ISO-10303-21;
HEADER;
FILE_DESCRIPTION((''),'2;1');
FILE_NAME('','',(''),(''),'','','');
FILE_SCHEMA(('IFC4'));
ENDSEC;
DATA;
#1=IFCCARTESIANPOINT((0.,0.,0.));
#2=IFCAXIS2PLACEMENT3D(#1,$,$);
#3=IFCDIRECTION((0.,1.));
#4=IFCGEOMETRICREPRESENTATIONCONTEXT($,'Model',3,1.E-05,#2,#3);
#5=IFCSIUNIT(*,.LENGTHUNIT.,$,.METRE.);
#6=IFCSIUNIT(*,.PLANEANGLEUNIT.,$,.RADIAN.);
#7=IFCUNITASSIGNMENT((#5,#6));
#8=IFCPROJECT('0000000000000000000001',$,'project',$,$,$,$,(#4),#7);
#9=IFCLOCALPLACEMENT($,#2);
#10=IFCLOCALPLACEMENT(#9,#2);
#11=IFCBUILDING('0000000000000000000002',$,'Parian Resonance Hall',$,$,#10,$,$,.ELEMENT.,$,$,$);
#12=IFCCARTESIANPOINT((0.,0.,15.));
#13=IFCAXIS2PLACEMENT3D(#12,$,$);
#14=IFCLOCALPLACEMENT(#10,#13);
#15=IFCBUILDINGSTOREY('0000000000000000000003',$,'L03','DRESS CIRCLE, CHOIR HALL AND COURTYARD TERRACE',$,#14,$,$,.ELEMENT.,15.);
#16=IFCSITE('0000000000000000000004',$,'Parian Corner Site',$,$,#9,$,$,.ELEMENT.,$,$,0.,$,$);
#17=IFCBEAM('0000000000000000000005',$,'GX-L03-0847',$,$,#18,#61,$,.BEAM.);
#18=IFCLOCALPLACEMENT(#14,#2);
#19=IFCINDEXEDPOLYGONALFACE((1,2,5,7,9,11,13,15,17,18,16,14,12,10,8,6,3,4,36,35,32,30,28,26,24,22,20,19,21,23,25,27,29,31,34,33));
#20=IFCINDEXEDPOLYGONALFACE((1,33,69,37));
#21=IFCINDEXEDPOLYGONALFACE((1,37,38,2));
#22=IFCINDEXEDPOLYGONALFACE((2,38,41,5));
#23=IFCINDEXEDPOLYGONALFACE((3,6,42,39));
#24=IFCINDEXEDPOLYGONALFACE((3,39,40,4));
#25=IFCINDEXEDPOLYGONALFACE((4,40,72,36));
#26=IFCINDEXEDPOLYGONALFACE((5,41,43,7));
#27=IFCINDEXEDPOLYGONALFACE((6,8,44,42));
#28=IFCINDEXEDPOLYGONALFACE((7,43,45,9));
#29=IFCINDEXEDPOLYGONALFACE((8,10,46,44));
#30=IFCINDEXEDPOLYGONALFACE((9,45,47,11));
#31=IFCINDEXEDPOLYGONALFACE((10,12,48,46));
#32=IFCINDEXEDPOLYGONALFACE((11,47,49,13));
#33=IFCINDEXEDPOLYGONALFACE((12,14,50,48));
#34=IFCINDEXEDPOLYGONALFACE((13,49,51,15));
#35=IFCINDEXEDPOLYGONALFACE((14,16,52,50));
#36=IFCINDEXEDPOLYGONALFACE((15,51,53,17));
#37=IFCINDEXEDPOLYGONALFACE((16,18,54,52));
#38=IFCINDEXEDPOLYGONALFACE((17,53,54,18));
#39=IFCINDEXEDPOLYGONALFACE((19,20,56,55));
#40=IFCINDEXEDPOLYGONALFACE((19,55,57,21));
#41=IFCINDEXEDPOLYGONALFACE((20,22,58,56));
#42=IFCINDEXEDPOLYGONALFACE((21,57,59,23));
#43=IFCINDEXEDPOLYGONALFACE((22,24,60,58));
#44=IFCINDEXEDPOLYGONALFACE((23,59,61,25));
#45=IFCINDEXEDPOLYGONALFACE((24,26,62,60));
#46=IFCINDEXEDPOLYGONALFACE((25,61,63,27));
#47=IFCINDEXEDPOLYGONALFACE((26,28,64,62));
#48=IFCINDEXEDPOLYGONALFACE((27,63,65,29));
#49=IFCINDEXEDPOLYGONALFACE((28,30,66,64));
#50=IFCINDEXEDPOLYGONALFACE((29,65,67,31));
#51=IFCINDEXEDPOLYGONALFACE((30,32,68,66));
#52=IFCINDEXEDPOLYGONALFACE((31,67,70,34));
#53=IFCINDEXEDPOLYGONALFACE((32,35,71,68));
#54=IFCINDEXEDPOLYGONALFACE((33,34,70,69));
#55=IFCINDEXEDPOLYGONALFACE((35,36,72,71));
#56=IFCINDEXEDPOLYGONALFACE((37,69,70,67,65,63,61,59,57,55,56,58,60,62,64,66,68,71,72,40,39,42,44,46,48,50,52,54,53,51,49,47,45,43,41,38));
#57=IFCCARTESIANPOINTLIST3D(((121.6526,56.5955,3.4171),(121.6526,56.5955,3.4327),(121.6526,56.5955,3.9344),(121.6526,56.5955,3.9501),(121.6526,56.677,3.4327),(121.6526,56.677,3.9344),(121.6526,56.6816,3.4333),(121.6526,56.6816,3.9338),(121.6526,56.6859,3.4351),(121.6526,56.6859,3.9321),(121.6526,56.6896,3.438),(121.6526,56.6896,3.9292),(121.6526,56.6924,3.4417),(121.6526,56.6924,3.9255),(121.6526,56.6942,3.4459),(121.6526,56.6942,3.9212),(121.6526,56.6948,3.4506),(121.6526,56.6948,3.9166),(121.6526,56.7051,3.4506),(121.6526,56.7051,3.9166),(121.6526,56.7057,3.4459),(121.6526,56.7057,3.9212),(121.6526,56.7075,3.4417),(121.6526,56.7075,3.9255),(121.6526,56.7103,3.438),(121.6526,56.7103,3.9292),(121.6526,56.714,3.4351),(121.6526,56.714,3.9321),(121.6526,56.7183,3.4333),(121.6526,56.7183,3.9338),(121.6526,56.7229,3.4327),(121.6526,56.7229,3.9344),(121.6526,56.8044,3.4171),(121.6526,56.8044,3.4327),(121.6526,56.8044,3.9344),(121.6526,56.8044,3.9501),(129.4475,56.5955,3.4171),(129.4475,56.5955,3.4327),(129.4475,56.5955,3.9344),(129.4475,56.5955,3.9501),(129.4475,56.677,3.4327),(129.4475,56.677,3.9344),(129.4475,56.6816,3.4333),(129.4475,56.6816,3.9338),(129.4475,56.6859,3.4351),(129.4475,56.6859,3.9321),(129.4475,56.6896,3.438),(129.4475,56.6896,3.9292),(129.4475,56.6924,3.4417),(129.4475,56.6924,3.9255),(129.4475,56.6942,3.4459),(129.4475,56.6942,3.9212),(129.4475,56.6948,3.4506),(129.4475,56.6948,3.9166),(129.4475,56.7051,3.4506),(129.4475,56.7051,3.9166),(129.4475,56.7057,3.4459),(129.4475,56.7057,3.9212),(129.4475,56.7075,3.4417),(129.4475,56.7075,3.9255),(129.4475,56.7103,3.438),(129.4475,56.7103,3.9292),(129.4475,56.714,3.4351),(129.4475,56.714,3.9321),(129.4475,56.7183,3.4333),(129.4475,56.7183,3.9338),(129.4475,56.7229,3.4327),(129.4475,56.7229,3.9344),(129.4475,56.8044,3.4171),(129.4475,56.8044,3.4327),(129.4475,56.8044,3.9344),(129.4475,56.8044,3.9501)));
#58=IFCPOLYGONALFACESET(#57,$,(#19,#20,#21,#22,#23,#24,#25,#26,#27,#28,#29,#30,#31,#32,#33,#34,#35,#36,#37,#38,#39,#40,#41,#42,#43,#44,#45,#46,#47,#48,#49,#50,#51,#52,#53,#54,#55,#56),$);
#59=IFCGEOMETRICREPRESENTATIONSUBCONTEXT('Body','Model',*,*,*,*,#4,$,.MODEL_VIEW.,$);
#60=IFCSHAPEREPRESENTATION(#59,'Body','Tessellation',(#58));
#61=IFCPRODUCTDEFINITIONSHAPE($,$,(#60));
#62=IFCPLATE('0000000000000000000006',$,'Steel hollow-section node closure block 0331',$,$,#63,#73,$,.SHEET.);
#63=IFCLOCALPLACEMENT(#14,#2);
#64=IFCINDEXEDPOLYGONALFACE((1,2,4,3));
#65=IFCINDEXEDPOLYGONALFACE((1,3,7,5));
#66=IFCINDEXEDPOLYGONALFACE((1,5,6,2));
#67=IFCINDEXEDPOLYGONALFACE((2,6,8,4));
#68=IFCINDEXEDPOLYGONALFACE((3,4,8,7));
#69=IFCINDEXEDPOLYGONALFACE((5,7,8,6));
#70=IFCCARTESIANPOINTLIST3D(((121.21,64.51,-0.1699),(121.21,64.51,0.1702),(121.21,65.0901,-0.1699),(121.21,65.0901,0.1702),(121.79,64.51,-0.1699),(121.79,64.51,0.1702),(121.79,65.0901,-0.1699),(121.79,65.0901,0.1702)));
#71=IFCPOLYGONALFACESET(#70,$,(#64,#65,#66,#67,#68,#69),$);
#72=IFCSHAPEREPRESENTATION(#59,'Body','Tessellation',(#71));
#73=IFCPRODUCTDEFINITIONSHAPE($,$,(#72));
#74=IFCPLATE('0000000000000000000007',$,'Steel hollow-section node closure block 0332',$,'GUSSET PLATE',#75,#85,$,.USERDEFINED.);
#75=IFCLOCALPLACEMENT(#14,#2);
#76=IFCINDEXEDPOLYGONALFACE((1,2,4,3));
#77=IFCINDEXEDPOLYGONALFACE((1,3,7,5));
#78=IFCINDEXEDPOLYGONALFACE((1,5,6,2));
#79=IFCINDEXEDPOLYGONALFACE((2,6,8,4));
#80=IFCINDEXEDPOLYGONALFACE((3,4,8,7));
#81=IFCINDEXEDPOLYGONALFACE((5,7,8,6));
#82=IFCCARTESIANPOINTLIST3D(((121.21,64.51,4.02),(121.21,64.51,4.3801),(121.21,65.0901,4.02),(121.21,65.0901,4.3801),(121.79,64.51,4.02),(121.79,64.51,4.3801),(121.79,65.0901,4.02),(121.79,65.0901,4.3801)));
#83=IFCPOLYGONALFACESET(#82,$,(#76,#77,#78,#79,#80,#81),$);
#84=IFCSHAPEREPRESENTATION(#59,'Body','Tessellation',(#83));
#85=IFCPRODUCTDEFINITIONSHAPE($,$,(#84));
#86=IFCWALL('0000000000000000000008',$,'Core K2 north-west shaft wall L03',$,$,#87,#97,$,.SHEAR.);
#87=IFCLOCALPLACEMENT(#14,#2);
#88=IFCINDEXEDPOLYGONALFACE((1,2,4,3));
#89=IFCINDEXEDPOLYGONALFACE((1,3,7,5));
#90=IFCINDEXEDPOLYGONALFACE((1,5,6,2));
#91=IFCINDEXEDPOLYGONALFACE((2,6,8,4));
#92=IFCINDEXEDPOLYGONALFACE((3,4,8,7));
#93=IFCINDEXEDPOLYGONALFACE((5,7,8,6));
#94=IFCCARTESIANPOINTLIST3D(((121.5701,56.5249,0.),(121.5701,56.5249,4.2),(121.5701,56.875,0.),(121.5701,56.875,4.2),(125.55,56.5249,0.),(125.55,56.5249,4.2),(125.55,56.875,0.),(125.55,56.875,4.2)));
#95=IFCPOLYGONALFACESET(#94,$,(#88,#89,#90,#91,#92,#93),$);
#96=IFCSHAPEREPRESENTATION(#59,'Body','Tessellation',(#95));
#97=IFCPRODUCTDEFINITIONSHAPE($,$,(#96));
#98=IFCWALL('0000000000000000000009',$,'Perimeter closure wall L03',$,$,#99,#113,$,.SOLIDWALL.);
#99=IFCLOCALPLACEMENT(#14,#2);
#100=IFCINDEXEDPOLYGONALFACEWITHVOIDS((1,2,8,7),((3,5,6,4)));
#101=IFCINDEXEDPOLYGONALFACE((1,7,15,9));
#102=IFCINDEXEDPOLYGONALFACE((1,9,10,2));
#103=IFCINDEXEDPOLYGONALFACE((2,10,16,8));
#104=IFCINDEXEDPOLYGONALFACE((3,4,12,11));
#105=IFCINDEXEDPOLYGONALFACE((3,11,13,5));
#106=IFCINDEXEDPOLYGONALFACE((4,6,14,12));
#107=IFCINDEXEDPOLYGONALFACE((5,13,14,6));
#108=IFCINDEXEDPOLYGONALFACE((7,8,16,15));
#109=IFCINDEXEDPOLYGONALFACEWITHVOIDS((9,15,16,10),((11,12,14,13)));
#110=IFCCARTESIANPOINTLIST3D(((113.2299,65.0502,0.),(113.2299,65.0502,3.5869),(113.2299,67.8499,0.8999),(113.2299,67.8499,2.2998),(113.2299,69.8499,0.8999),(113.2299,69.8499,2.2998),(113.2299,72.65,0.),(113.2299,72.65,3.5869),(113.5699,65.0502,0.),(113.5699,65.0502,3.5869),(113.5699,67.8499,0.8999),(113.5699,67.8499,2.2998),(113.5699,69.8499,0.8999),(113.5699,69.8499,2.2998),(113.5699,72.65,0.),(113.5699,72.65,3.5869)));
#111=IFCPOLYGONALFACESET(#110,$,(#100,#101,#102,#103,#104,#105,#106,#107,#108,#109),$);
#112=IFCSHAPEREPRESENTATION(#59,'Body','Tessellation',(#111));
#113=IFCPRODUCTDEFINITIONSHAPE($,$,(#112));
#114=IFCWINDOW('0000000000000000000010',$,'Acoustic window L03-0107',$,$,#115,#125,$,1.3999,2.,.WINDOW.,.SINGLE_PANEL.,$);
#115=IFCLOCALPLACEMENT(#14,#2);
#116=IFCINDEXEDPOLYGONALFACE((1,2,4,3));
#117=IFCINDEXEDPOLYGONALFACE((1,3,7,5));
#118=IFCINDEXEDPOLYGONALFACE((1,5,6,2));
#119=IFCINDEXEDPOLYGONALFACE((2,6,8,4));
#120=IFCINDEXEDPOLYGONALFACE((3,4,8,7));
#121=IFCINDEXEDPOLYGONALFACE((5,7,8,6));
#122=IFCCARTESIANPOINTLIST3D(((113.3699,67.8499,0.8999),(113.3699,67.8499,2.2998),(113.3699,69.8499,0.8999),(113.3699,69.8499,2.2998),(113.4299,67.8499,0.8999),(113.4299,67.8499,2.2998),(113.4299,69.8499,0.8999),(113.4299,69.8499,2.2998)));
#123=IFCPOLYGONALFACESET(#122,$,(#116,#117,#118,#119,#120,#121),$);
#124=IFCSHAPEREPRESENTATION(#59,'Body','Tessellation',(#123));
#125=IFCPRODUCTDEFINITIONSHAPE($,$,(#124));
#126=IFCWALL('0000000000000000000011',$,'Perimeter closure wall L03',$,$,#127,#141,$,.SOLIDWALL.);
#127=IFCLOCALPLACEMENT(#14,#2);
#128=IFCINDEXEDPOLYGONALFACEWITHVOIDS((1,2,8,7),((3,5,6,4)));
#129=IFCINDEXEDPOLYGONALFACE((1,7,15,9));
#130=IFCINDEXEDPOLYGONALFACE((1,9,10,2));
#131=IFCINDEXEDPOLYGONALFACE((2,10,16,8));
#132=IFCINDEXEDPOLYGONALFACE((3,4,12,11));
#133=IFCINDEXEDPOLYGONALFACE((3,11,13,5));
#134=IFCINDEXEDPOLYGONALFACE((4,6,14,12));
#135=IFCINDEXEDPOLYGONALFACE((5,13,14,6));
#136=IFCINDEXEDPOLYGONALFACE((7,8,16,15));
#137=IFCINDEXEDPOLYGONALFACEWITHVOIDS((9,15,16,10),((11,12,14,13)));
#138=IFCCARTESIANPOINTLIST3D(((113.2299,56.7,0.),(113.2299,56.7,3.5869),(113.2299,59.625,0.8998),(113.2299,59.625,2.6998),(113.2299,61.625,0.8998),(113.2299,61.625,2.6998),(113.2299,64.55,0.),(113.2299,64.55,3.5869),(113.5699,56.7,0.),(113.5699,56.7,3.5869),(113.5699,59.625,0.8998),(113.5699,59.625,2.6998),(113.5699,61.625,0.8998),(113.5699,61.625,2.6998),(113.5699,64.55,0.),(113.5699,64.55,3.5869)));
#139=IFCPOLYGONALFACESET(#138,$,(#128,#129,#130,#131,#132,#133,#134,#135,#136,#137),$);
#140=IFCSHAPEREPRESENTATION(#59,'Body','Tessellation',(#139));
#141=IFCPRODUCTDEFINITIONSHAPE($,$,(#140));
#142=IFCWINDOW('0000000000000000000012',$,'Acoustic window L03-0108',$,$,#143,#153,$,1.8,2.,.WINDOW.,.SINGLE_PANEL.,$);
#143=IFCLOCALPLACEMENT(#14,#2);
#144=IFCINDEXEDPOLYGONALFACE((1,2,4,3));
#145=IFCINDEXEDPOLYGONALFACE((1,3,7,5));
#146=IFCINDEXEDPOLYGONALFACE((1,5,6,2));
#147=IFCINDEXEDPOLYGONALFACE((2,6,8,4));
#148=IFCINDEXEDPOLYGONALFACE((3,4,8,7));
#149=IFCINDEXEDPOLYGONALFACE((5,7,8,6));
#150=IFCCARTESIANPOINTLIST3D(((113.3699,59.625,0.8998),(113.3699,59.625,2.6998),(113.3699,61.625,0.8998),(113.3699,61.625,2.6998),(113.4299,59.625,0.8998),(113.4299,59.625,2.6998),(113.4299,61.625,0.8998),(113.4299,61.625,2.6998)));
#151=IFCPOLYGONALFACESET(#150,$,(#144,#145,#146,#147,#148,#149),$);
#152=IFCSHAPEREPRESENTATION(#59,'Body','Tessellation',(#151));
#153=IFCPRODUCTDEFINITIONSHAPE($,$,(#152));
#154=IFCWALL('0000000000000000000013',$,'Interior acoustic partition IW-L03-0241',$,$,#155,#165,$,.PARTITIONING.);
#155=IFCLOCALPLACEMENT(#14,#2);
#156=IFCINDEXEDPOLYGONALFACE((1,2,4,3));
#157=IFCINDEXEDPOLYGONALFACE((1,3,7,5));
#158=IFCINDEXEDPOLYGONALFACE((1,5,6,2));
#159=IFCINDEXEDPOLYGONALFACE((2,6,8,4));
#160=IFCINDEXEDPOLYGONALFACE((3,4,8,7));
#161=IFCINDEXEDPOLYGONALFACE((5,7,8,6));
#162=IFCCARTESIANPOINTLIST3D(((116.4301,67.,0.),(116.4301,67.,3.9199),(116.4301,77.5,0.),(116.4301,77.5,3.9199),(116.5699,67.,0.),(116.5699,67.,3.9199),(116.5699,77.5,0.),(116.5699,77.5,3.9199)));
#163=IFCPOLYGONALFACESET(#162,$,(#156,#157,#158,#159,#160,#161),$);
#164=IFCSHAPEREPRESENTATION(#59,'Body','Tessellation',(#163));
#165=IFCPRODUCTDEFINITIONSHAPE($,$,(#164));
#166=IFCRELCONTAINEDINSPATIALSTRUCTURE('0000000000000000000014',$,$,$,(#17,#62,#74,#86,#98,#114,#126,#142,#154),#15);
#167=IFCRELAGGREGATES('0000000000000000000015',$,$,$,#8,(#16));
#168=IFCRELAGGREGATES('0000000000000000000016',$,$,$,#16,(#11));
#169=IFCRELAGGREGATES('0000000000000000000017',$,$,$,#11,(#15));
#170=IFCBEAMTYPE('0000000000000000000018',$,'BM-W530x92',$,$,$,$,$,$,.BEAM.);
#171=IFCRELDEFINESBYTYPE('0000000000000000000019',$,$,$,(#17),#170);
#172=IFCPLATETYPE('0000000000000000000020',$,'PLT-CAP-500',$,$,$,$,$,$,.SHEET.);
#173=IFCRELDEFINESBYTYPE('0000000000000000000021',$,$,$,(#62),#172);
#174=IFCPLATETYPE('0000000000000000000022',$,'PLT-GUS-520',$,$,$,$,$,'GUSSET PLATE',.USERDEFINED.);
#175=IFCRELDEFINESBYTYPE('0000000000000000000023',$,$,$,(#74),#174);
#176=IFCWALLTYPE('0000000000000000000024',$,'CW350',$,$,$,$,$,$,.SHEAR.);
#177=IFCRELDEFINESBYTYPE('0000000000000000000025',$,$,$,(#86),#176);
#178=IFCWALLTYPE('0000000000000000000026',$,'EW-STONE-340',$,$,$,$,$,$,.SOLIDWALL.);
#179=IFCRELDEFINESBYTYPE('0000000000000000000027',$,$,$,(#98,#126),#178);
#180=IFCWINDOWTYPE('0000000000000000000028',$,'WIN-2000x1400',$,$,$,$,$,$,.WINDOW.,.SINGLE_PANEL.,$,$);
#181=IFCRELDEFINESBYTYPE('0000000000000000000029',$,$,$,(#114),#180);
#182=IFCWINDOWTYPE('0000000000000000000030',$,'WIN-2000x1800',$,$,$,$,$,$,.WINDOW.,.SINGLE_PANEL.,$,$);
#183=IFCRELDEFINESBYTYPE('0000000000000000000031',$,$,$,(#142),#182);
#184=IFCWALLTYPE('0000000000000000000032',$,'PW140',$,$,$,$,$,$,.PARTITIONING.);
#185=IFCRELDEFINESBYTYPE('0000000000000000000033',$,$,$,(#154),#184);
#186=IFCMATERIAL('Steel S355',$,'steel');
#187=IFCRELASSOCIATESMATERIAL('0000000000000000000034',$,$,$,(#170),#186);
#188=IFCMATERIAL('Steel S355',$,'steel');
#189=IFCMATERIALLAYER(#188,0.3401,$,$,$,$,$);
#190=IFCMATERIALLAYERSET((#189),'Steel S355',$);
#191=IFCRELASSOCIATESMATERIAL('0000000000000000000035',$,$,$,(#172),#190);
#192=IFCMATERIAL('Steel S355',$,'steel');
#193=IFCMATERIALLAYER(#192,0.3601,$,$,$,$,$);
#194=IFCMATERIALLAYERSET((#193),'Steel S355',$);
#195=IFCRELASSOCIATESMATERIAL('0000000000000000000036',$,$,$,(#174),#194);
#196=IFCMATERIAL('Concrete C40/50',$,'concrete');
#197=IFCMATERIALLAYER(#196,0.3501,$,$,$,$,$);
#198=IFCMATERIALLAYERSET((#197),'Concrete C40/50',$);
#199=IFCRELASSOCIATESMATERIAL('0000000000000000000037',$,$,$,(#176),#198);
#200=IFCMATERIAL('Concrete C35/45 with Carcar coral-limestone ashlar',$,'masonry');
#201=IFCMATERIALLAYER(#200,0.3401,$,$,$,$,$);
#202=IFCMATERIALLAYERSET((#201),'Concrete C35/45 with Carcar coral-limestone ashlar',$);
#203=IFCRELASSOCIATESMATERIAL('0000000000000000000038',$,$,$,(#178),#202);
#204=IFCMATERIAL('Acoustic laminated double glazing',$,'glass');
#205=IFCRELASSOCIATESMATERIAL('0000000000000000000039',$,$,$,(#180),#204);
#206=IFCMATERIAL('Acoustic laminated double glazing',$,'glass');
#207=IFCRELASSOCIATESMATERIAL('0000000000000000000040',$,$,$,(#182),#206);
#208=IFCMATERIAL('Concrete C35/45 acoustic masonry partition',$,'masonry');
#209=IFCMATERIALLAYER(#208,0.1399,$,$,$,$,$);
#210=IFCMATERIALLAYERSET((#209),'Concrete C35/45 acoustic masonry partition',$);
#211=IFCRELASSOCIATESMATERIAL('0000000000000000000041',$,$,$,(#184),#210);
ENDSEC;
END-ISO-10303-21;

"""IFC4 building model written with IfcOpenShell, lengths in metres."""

from ifc_helpers import new_model, si_unit, direction, frame, frame_2d, origin, origin_2d, place, context, subcontext, project, spatial, rectangle, i_section, extrude, material, layer, layer_set, material_profile, profile_set, type_object, element, fill, save


model = new_model("IFC4")

# Units and contexts
model_context = context("Model", 3, precision=1e-05, world=origin(), true_north=direction((0.0, 1.0)))
body_context = subcontext(model_context, "Body", "Model", "MODEL_VIEW")
ifc_project = project(units=[si_unit("LENGTHUNIT", "METRE"), si_unit("PLANEANGLEUNIT", "RADIAN")], contexts=[model_context])

# Site, building, storey
site_placement = place(None, origin())
site = spatial("IfcSite", under=ifc_project, at=site_placement, Name="Parian Corner Site", CompositionType="ELEMENT", RefElevation=0.0)
building_placement = place(site_placement, origin())
building = spatial("IfcBuilding", under=site, at=building_placement, Name="Parian Resonance Hall", CompositionType="ELEMENT")
storey_placement = place(building_placement, frame((0.0, 0.0, 15.0)))
storey = spatial("IfcBuildingStorey", under=building, at=storey_placement, Name="L03", Description="DRESS CIRCLE, CHOIR HALL AND COURTYARD TERRACE", CompositionType="ELEMENT", Elevation=15.0)

# Beam
ifc_material_1 = material(Name="Steel S355", Category="steel")
ifc_material_profile_1 = material_profile(ifc_material_1, i_section(OverallWidth=0.209, OverallDepth=0.533, WebThickness=0.0103, FlangeThickness=0.0156, FilletRadius=0.0178, at=origin_2d()), Name="W530x92")
ifc_profile_set_1 = profile_set([ifc_material_profile_1], Name="Steel S355")
beam_type_1 = type_object("IfcBeamType", Name="BM-W530x92", PredefinedType="BEAM", material=ifc_profile_set_1)
beam_1_placement = place(storey_placement, frame((121.6526, 56.7, 3.6836), z_axis=(1.0, 0.0, 0.0), x_axis=(0.0, 1.0, 0.0)))
element("IfcBeam", 1, at=beam_1_placement, inside=storey, type_object=beam_type_1, Name="GX-L03-0847", PredefinedType="BEAM", context=body_context, shape_type="SweptSolid", body=[
    extrude(i_section(OverallWidth=0.209, OverallDepth=0.533, WebThickness=0.0103, FlangeThickness=0.0156, FilletRadius=0.0178, at=origin_2d()), origin(), (0.0, 0.0, 1.0), 7.7949),
])

# Plates
ifc_material_2 = material(Name="Steel S355", Category="steel")
ifc_layer_1 = layer(ifc_material_2, 0.3401)
ifc_layer_set_1 = layer_set([ifc_layer_1], Name="Steel S355")
plate_type_1 = type_object("IfcPlateType", Name="PLT-CAP-500", PredefinedType="SHEET", material=ifc_layer_set_1)
plate_1_placement = place(storey_placement, frame((121.5, 64.8, -0.1699), z_axis=(0.0, 0.0, 1.0), x_axis=(1.0, 0.0, 0.0)))
element("IfcPlate", 2, at=plate_1_placement, inside=storey, type_object=plate_type_1, Name="Steel hollow-section node closure block 0331", PredefinedType="SHEET", context=body_context, shape_type="SweptSolid", body=[
    extrude(rectangle(XDim=0.5801, YDim=0.5801, at=origin_2d()), origin(), (0.0, 0.0, 1.0), 0.3401),
])
ifc_material_3 = material(Name="Steel S355", Category="steel")
ifc_layer_2 = layer(ifc_material_3, 0.3601)
ifc_layer_set_2 = layer_set([ifc_layer_2], Name="Steel S355")
plate_type_2 = type_object("IfcPlateType", Name="PLT-GUS-520", ElementType="GUSSET PLATE", PredefinedType="USERDEFINED", material=ifc_layer_set_2)
plate_2_placement = place(storey_placement, frame((121.5, 64.8, 4.02), z_axis=(0.0, 0.0, 1.0), x_axis=(1.0, 0.0, 0.0)))
element("IfcPlate", 3, at=plate_2_placement, inside=storey, type_object=plate_type_2, Name="Steel hollow-section node closure block 0332", ObjectType="GUSSET PLATE", PredefinedType="USERDEFINED", context=body_context, shape_type="SweptSolid", body=[
    extrude(rectangle(XDim=0.5801, YDim=0.5801, at=origin_2d()), origin(), (0.0, 0.0, 1.0), 0.3601),
])

# Wall
ifc_material_4 = material(Name="Concrete C40/50", Category="concrete")
ifc_layer_3 = layer(ifc_material_4, 0.3501)
ifc_layer_set_3 = layer_set([ifc_layer_3], Name="Concrete C40/50")
wall_type_1 = type_object("IfcWallType", Name="CW350", PredefinedType="SHEAR", material=ifc_layer_set_3)
wall_1_placement = place(storey_placement, frame((121.5701, 56.7, 0.0), z_axis=(0.0, 0.0, 1.0), x_axis=(1.0, 0.0, 0.0)))
element("IfcWall", 4, at=wall_1_placement, inside=storey, type_object=wall_type_1, Name="Core K2 north-west shaft wall L03", PredefinedType="SHEAR", context=body_context, shape_type="SweptSolid", body=[
    extrude(rectangle(XDim=3.98, YDim=0.3501, at=frame_2d((1.99, 0.0))), origin(), (0.0, 0.0, 1.0), 4.2),
])

# Walls, openings, windows
ifc_material_5 = material(Name="Concrete C35/45 with Carcar coral-limestone ashlar", Category="masonry")
ifc_layer_4 = layer(ifc_material_5, 0.3401)
ifc_layer_set_4 = layer_set([ifc_layer_4], Name="Concrete C35/45 with Carcar coral-limestone ashlar")
wall_type_2 = type_object("IfcWallType", Name="EW-STONE-340", PredefinedType="SOLIDWALL", material=ifc_layer_set_4)
wall_2_placement = place(storey_placement, frame((113.3999, 72.6499, 0.0), z_axis=(0.0, 0.0, 1.0), x_axis=(0.0, -1.0, 0.0)))
wall_2 = element("IfcWall", 5, at=wall_2_placement, inside=storey, type_object=wall_type_2, Name="Perimeter closure wall L03", PredefinedType="SOLIDWALL", context=body_context, shape_type="SweptSolid", body=[
    extrude(rectangle(XDim=7.5999, YDim=0.3401, at=frame_2d((3.7998, 0.0))), origin(), (0.0, 0.0, 1.0), 3.5869),
])
opening_1_placement = place(wall_2_placement, frame((2.8, 0.0, 0.8999)))
opening_1 = element("IfcOpeningElement", 6, at=opening_1_placement, cuts=wall_2, PredefinedType="OPENING", context=body_context, shape_type="SweptSolid", body=[
    extrude(rectangle(XDim=2.0, YDim=1.3999, at=frame_2d((1.0, 0.7))), frame((0.0, 0.1799, 0.0), z_axis=(0.0, -1.0, 0.0), x_axis=(1.0, 0.0, 0.0)), (0.0, 0.0, 1.0), 0.3601),
])
ifc_material_6 = material(Name="Acoustic laminated double glazing", Category="glass")
window_type_1 = type_object("IfcWindowType", Name="WIN-2000x1400", PartitioningType="SINGLE_PANEL", PredefinedType="WINDOW", material=ifc_material_6)
window_1_placement = place(opening_1_placement, origin())
window_1 = element("IfcWindow", 7, at=window_1_placement, inside=storey, type_object=window_type_1, Name="Acoustic window L03-0107", OverallHeight=1.3999, OverallWidth=2.0, PartitioningType="SINGLE_PANEL", PredefinedType="WINDOW", context=body_context, shape_type="SweptSolid", body=[
    extrude(rectangle(XDim=2.0, YDim=1.3999, at=frame_2d((1.0, 0.7))), frame((0.0, 0.03, 0.0), z_axis=(0.0, -1.0, 0.0), x_axis=(1.0, 0.0, 0.0)), (0.0, 0.0, 1.0), 0.0601),
])
fill(opening_1, window_1)
wall_3_placement = place(storey_placement, frame((113.3999, 64.55, 0.0), z_axis=(0.0, 0.0, 1.0), x_axis=(0.0, -1.0, 0.0)))
wall_3 = element("IfcWall", 8, at=wall_3_placement, inside=storey, type_object=wall_type_2, Name="Perimeter closure wall L03", PredefinedType="SOLIDWALL", context=body_context, shape_type="SweptSolid", body=[
    extrude(rectangle(XDim=7.8501, YDim=0.3401, at=frame_2d((3.925, 0.0))), origin(), (0.0, 0.0, 1.0), 3.5869),
])
opening_2_placement = place(wall_3_placement, frame((2.925, 0.0, 0.8999)))
opening_2 = element("IfcOpeningElement", 9, at=opening_2_placement, cuts=wall_3, PredefinedType="OPENING", context=body_context, shape_type="SweptSolid", body=[
    extrude(rectangle(XDim=2.0, YDim=1.8, at=frame_2d((1.0, 0.8999))), frame((0.0, 0.1799, 0.0), z_axis=(0.0, -1.0, 0.0), x_axis=(1.0, 0.0, 0.0)), (0.0, 0.0, 1.0), 0.3601),
])
ifc_material_7 = material(Name="Acoustic laminated double glazing", Category="glass")
window_type_2 = type_object("IfcWindowType", Name="WIN-2000x1800", PartitioningType="SINGLE_PANEL", PredefinedType="WINDOW", material=ifc_material_7)
window_2_placement = place(opening_2_placement, origin())
window_2 = element("IfcWindow", 10, at=window_2_placement, inside=storey, type_object=window_type_2, Name="Acoustic window L03-0108", OverallHeight=1.8, OverallWidth=2.0, PartitioningType="SINGLE_PANEL", PredefinedType="WINDOW", context=body_context, shape_type="SweptSolid", body=[
    extrude(rectangle(XDim=2.0, YDim=1.8, at=frame_2d((1.0, 0.8999))), frame((0.0, 0.03, 0.0), z_axis=(0.0, -1.0, 0.0), x_axis=(1.0, 0.0, 0.0)), (0.0, 0.0, 1.0), 0.0601),
])
fill(opening_2, window_2)

# Wall
ifc_material_8 = material(Name="Concrete C35/45 acoustic masonry partition", Category="masonry")
ifc_layer_5 = layer(ifc_material_8, 0.1399)
ifc_layer_set_5 = layer_set([ifc_layer_5], Name="Concrete C35/45 acoustic masonry partition")
wall_type_3 = type_object("IfcWallType", Name="PW140", PredefinedType="PARTITIONING", material=ifc_layer_set_5)
wall_4_placement = place(storey_placement, frame((116.5, 67.0, 0.0), z_axis=(0.0, 0.0, 1.0), x_axis=(0.0, 1.0, 0.0)))
element("IfcWall", 11, at=wall_4_placement, inside=storey, type_object=wall_type_3, Name="Interior acoustic partition IW-L03-0241", PredefinedType="PARTITIONING", context=body_context, shape_type="SweptSolid", body=[
    extrude(rectangle(XDim=10.5, YDim=0.1399, at=frame_2d((5.25, 0.0))), origin(), (0.0, 0.0, 1.0), 3.9199),
])

save(model, "model.ifc")
